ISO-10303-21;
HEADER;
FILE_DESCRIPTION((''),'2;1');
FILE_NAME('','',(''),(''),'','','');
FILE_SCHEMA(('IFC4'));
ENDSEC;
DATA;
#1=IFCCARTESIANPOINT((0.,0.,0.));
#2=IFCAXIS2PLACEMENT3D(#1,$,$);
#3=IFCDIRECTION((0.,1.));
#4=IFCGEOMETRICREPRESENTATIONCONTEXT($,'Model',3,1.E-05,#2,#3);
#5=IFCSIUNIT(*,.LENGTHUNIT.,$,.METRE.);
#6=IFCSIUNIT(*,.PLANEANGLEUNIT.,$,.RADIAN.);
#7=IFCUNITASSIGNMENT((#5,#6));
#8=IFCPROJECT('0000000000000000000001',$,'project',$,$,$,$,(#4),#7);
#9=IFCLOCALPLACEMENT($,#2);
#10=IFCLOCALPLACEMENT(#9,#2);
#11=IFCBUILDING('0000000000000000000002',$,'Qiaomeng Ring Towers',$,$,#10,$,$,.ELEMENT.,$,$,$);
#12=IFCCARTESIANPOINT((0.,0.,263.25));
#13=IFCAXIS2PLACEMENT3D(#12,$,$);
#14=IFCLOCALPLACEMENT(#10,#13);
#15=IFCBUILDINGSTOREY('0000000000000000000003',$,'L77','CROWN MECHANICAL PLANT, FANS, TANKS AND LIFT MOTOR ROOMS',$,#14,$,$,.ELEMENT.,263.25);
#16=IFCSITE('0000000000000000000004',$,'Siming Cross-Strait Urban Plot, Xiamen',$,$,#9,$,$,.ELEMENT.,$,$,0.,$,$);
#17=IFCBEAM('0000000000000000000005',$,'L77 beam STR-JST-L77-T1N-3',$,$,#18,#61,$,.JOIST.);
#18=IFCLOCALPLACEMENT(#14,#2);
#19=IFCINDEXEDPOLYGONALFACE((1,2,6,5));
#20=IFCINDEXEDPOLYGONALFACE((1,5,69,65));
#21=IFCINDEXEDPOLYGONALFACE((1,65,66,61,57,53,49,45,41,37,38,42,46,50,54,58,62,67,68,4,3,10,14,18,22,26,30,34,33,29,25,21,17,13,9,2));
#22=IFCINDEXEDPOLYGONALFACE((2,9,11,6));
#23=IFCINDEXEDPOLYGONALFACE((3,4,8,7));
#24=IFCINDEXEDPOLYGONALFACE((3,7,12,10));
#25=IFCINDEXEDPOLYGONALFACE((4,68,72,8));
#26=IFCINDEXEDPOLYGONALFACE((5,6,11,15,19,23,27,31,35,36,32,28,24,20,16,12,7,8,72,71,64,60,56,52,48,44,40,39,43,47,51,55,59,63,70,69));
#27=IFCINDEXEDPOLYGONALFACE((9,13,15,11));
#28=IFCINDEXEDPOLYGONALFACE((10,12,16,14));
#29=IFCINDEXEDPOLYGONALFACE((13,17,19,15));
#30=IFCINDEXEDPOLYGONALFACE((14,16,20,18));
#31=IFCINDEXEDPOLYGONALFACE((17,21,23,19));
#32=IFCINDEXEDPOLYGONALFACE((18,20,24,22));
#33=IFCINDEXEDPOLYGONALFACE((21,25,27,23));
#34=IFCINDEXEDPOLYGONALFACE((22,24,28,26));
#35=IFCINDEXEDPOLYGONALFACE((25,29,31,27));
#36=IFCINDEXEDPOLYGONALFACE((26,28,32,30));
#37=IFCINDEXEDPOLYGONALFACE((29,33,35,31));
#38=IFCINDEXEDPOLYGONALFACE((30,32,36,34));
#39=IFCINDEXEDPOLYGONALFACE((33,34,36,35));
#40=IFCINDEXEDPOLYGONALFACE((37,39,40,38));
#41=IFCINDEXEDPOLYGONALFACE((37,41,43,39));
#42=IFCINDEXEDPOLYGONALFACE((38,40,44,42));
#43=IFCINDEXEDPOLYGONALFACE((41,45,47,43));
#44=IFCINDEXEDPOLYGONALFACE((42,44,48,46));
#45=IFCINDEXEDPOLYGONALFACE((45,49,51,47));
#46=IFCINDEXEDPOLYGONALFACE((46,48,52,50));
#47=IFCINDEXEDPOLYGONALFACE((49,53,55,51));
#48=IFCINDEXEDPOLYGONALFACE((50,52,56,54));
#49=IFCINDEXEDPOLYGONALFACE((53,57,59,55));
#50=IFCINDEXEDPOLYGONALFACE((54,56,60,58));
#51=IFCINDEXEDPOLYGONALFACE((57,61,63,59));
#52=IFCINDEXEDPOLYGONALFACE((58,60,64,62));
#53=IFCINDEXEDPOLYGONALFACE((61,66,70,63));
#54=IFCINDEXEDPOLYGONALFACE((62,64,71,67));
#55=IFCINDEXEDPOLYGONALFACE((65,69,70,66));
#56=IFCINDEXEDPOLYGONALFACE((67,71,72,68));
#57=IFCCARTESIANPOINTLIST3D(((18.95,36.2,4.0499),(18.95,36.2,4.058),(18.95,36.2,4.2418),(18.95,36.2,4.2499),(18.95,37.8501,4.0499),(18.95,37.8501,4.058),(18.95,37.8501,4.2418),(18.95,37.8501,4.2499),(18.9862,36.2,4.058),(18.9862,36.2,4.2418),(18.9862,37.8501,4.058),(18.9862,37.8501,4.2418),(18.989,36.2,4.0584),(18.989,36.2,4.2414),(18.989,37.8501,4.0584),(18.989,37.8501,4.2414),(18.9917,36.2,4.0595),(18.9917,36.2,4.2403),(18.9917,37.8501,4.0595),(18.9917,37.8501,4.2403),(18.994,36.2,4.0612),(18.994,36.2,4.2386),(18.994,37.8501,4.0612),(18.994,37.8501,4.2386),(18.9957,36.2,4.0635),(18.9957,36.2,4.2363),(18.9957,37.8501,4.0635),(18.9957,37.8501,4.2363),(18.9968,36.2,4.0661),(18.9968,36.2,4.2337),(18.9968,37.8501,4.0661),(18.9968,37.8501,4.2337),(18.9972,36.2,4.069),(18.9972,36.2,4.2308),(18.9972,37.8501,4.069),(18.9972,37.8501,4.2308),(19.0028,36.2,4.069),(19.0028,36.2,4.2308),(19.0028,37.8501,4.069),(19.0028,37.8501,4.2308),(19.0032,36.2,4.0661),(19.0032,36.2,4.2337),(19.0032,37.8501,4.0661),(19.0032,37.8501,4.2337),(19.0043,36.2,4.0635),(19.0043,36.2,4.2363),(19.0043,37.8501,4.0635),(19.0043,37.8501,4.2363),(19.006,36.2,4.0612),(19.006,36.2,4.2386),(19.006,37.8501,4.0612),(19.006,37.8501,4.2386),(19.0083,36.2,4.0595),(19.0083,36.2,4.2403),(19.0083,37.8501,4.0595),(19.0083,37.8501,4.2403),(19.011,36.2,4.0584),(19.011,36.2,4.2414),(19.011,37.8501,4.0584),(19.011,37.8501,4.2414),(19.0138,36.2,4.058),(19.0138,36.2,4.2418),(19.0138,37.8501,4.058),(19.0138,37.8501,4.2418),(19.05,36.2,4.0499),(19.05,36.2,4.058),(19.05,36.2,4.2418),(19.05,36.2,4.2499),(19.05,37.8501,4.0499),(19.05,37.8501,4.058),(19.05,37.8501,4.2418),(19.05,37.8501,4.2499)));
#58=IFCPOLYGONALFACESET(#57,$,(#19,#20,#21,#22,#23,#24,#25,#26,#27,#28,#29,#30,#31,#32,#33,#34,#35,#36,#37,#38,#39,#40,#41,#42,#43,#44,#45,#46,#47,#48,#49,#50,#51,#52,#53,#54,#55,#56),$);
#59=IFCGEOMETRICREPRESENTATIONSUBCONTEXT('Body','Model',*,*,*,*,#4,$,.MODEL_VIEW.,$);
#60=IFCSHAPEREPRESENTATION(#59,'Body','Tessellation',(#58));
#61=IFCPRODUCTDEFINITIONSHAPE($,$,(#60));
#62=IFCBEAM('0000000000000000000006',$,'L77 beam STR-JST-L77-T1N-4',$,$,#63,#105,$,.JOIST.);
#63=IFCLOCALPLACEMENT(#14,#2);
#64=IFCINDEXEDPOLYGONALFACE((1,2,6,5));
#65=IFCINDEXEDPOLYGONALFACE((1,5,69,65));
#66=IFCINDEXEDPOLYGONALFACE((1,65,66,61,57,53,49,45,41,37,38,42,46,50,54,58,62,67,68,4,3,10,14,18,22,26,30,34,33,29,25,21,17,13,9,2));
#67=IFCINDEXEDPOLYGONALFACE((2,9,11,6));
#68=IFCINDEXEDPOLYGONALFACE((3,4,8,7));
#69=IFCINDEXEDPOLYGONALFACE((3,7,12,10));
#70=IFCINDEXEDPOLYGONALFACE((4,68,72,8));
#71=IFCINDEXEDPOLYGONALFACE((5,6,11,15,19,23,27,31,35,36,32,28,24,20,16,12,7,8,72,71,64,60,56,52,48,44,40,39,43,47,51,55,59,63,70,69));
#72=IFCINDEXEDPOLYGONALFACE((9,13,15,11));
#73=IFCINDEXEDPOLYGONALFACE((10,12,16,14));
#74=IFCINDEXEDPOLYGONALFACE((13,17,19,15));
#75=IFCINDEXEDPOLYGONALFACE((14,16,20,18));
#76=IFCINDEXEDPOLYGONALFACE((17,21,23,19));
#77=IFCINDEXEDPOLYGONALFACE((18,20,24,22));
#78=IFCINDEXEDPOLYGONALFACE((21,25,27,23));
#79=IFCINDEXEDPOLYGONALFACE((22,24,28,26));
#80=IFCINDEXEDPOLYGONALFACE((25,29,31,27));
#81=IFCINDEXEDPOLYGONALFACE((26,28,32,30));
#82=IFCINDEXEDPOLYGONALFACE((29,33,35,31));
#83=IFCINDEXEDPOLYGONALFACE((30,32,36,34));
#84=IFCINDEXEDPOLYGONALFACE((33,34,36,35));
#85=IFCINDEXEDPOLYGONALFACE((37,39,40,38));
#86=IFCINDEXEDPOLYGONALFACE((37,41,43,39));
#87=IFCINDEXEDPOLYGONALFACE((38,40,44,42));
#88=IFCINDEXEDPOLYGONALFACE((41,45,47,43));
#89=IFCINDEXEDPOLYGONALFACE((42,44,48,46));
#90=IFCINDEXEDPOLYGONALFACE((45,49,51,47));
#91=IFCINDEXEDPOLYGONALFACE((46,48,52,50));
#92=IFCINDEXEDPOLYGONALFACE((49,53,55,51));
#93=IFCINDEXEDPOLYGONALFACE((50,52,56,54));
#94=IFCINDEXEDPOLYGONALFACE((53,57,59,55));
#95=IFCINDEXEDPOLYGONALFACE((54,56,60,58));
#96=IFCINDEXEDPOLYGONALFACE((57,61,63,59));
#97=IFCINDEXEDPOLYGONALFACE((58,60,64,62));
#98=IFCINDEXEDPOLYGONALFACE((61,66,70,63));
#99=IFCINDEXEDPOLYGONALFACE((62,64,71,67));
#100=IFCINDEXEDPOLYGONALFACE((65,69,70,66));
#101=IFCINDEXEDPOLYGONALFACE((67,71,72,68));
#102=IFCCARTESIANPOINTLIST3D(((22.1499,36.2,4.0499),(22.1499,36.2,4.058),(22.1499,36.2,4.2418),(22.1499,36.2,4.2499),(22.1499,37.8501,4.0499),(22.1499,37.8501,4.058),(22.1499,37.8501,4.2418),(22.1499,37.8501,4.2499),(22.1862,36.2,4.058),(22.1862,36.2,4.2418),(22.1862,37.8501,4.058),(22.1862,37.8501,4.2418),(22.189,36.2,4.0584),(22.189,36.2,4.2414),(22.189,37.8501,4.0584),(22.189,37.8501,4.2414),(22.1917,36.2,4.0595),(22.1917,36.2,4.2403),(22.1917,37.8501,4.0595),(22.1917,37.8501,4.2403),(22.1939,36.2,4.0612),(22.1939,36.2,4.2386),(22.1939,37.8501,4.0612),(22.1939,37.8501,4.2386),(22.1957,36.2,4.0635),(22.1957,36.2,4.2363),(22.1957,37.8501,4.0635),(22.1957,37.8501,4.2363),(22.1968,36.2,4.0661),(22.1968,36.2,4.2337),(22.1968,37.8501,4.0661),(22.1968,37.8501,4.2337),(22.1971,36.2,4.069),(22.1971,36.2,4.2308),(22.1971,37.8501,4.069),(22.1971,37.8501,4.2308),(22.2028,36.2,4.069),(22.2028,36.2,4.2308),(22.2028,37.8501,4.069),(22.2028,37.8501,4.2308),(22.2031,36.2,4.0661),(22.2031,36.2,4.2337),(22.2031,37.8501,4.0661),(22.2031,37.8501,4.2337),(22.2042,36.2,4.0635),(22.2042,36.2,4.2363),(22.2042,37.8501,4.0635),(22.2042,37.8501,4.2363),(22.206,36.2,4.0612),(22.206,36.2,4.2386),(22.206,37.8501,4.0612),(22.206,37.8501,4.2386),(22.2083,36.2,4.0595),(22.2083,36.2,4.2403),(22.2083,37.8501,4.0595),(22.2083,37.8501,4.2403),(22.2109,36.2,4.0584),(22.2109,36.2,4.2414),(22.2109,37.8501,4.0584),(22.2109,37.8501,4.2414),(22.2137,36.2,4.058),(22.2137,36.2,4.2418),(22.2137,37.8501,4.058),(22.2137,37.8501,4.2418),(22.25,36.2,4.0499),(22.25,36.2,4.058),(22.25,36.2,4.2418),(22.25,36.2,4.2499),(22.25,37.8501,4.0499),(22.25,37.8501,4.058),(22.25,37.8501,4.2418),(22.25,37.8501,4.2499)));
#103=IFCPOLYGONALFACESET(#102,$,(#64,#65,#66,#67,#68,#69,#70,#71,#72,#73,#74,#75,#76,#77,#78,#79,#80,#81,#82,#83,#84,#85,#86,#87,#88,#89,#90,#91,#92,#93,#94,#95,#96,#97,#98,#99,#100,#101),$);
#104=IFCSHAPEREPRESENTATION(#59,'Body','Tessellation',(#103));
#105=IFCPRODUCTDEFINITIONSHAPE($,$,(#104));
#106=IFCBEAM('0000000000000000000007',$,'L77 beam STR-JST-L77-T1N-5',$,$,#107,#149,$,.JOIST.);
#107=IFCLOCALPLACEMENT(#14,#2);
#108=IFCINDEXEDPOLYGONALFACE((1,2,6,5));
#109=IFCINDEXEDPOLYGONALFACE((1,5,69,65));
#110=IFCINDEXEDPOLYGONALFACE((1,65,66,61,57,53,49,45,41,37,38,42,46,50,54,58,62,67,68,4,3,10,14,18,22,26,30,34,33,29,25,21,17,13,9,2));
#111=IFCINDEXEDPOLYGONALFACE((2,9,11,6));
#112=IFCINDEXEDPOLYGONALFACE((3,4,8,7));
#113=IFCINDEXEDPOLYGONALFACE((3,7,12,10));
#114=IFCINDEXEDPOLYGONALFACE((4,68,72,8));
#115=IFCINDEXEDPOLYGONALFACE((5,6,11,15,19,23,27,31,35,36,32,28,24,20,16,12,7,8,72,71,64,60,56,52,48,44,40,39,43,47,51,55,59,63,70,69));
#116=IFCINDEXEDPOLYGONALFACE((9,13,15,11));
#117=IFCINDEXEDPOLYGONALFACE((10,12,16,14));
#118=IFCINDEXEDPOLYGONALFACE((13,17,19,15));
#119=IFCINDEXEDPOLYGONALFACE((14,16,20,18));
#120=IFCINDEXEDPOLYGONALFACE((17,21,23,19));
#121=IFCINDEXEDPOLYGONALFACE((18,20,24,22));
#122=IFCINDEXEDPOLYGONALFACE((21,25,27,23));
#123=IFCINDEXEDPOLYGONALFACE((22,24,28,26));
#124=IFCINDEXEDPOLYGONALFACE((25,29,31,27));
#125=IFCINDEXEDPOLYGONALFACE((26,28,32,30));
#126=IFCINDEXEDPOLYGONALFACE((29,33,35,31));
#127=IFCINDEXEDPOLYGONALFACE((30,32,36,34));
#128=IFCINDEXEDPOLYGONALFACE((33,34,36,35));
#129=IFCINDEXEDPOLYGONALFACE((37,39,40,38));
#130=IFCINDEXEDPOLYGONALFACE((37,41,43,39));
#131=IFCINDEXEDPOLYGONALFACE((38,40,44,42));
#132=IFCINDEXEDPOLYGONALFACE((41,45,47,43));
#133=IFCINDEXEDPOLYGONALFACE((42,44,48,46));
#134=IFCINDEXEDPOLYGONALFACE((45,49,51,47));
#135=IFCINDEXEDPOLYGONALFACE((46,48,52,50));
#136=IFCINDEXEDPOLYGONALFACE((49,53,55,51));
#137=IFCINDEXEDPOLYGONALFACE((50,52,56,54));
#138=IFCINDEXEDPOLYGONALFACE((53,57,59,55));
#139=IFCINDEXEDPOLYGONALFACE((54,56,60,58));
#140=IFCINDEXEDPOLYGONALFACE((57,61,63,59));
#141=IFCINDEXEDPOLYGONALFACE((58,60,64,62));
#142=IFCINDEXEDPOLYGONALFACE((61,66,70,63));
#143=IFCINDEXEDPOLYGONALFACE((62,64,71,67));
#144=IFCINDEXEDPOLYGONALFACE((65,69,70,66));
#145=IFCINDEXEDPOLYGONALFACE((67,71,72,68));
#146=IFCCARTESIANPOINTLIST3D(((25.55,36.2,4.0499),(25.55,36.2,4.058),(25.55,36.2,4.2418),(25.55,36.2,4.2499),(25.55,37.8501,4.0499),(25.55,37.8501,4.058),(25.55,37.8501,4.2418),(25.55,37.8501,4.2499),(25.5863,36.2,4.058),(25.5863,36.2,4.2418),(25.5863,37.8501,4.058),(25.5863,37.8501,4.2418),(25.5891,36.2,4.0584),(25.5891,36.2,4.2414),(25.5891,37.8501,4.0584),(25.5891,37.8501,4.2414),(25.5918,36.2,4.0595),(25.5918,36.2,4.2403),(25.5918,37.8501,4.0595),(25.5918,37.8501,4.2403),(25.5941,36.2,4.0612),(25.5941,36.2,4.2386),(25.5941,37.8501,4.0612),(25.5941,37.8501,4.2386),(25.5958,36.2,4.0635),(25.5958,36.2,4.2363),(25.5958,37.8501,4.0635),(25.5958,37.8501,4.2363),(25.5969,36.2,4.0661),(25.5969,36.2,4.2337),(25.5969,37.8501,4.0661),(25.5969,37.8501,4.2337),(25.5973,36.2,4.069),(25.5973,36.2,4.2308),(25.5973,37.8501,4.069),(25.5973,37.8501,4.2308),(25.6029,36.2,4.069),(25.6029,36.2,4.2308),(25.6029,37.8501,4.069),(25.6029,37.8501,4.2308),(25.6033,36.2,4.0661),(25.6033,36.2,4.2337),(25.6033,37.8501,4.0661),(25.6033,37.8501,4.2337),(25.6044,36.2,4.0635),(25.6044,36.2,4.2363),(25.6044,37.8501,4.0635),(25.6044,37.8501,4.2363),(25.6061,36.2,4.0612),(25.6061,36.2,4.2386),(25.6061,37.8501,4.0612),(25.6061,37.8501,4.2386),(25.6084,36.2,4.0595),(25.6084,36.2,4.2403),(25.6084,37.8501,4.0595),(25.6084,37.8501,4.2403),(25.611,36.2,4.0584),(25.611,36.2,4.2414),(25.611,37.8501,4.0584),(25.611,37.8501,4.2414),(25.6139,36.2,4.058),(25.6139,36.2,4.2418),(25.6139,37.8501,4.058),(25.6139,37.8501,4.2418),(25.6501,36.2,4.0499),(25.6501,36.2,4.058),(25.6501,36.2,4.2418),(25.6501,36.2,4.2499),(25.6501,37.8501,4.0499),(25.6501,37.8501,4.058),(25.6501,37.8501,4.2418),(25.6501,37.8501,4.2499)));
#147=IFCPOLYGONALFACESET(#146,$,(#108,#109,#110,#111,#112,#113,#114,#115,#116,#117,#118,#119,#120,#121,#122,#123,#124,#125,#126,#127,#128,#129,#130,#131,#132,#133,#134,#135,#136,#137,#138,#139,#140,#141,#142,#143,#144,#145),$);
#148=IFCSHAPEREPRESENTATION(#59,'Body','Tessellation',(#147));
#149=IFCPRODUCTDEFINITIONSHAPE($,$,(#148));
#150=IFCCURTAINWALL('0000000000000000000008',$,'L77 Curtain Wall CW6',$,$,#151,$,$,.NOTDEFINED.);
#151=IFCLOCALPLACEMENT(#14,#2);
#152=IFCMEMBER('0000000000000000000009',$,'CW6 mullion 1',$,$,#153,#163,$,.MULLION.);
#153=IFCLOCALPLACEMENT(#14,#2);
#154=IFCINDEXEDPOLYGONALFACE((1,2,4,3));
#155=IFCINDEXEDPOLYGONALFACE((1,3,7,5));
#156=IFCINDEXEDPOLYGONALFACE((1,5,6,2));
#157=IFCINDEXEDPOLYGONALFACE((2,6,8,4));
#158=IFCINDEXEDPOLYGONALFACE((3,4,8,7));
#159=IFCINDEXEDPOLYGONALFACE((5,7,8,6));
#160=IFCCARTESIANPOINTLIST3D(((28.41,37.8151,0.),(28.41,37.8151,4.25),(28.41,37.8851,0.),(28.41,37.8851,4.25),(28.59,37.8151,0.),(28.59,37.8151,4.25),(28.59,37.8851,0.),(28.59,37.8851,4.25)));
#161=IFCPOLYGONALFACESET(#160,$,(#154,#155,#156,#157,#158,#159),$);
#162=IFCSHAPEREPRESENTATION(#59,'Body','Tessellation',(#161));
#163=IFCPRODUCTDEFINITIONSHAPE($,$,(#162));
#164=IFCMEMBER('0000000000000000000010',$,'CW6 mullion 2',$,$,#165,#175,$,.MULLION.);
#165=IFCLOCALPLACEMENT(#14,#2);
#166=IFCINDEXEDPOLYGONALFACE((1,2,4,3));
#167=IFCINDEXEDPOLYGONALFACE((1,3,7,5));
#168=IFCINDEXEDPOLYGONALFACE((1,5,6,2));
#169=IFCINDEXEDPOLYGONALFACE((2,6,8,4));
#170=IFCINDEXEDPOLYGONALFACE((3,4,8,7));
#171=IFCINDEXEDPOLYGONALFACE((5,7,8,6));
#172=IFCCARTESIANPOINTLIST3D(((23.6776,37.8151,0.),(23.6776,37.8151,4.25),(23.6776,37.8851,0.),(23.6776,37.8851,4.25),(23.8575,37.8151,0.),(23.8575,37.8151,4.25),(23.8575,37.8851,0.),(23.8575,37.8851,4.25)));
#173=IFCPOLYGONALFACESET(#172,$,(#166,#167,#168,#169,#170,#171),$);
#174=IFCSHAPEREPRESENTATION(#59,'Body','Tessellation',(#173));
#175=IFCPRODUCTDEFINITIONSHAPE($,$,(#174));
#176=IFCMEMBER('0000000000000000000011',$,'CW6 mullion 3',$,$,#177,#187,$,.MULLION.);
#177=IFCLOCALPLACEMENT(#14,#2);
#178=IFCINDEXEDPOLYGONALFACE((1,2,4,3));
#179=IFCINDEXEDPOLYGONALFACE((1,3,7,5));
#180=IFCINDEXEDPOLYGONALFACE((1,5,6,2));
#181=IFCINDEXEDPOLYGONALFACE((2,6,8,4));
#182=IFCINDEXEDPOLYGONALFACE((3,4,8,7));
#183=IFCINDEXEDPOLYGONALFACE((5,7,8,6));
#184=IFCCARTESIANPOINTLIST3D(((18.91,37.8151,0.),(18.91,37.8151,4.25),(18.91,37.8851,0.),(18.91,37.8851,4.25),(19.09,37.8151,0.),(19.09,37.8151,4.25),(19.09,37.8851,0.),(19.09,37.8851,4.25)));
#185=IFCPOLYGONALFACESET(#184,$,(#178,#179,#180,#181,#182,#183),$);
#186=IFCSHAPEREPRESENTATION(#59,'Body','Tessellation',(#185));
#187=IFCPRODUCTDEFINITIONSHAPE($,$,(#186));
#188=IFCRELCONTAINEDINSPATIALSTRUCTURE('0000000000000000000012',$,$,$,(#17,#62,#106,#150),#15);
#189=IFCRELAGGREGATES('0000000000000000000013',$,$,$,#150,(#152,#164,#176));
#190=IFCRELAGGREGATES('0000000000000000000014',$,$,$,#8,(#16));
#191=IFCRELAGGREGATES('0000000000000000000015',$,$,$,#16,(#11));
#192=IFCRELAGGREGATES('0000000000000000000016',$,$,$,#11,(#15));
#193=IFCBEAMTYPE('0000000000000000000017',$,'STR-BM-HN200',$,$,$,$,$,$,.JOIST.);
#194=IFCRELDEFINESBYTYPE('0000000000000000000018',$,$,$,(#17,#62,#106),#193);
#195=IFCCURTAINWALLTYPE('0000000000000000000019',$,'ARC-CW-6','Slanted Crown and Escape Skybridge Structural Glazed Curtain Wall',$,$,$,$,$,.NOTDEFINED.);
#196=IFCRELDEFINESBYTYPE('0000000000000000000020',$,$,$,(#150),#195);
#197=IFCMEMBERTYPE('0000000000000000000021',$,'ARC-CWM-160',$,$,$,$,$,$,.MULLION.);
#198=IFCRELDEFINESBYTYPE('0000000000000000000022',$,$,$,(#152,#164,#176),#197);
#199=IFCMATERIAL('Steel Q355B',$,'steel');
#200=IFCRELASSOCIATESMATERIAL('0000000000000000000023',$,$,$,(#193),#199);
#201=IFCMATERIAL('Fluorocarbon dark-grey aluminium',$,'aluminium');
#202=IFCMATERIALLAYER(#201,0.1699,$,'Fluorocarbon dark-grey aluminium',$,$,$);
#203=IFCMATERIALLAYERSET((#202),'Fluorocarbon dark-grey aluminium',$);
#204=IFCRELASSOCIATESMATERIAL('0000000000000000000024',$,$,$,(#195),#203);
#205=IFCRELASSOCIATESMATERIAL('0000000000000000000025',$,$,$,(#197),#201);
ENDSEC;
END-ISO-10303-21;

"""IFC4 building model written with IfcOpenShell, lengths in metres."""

from ifc_helpers import new_model, si_unit, direction, frame, origin, origin_2d, place, context, subcontext, project, spatial, rectangle, i_section, extrude, source, transform, mapped, material, layer, layer_set, material_profile, profile_set, type_object, element, aggregate, save


model = new_model("IFC4")

# Units and contexts
model_context = context("Model", 3, precision=1e-05, world=origin(), true_north=direction((0.0, 1.0)))
body_context = subcontext(model_context, "Body", "Model", "MODEL_VIEW")
ifc_project = project(units=[si_unit("LENGTHUNIT", "METRE"), si_unit("PLANEANGLEUNIT", "RADIAN")], contexts=[model_context])

# Site, building, storey
site_placement = place(None, origin())
site = spatial("IfcSite", under=ifc_project, at=site_placement, Name="Siming Cross-Strait Urban Plot, Xiamen", CompositionType="ELEMENT", RefElevation=0.0)
building_placement = place(site_placement, origin())
building = spatial("IfcBuilding", under=site, at=building_placement, Name="Qiaomeng Ring Towers", CompositionType="ELEMENT")
storey_placement = place(building_placement, frame((0.0, 0.0, 263.25)))
storey = spatial("IfcBuildingStorey", under=building, at=storey_placement, Name="L77", Description="CROWN MECHANICAL PLANT, FANS, TANKS AND LIFT MOTOR ROOMS", CompositionType="ELEMENT", Elevation=263.25)

# Beams
ifc_material_1 = material(Name="Steel Q355B", Category="steel")
ifc_material_profile_1 = material_profile(ifc_material_1, i_section(OverallWidth=0.1001, OverallDepth=0.2, WebThickness=0.0056, FlangeThickness=0.0081, FilletRadius=0.011, at=origin_2d()), Name="HN 200x100x5.5x8")
ifc_profile_set_1 = profile_set([ifc_material_profile_1], Name="Steel Q355B")
beam_type_1 = type_object("IfcBeamType", Name="STR-BM-HN200", PredefinedType="JOIST", material=ifc_profile_set_1)
shared_shape_1 = source(origin(), body_context, "Body", "SweptSolid", [
    extrude(i_section(OverallWidth=0.1001, OverallDepth=0.2, WebThickness=0.0056, FlangeThickness=0.0081, FilletRadius=0.011, at=origin_2d()), origin(), (0.0, 0.0, 1.0), 1.6501),
])
for number, where, z_axis, x_axis, name in (
    (1, (19.0, 36.2, 4.1499), (0.0, 1.0, 0.0), (-1.0, 0.0, 0.0), "L77 beam STR-JST-L77-T1N-3"),
    (2, (22.2, 36.2, 4.1499), (0.0, 1.0, 0.0), (-1.0, 0.0, 0.0), "L77 beam STR-JST-L77-T1N-4"),
    (3, (25.6001, 36.2, 4.1499), (0.0, 1.0, 0.0), (-1.0, 0.0, 0.0), "L77 beam STR-JST-L77-T1N-5"),
):
    element("IfcBeam", number, at=place(storey_placement, frame(where, z_axis=z_axis, x_axis=x_axis)), inside=storey, type_object=beam_type_1, Name=name, PredefinedType="JOIST", context=body_context, shape_type="MappedRepresentation", body=[
        mapped(shared_shape_1, transform((0.0, 0.0, 0.0), x_axis=(1.0, 0.0, 0.0), y_axis=(0.0, 1.0, 0.0), z_axis=(0.0, 0.0, 1.0), scale=1.0)),
    ])

# Curtain wall, members
ifc_material_2 = material(Name="Fluorocarbon dark-grey aluminium", Category="aluminium")
ifc_layer_1 = layer(ifc_material_2, 0.1699, Name="Fluorocarbon dark-grey aluminium")
ifc_layer_set_1 = layer_set([ifc_layer_1], Name="Fluorocarbon dark-grey aluminium")
curtain_wall_type = type_object("IfcCurtainWallType", Name="ARC-CW-6", Description="Slanted Crown and Escape Skybridge Structural Glazed Curtain Wall", PredefinedType="NOTDEFINED", material=ifc_layer_set_1)
curtain_wall_placement = place(storey_placement, origin())
curtain_wall = element("IfcCurtainWall", 4, at=curtain_wall_placement, inside=storey, type_object=curtain_wall_type, Name="L77 Curtain Wall CW6", PredefinedType="NOTDEFINED")
ifc_material_profile_2 = material_profile(ifc_material_2, rectangle(XDim=0.0701, YDim=0.1799, at=origin_2d()), Name="ALU MULL 70x180")
ifc_profile_set_2 = profile_set([ifc_material_profile_2], Name="Fluorocarbon dark-grey aluminium")
member_type_1 = type_object("IfcMemberType", Name="ARC-CWM-160", PredefinedType="MULLION", material=ifc_profile_set_2)
shared_shape_2 = source(origin(), body_context, "Body", "SweptSolid", [
    extrude(rectangle(XDim=0.0701, YDim=0.1799, at=origin_2d()), origin(), (0.0, 0.0, 1.0), 4.25),
])
member_1_placement = place(storey_placement, frame((28.5, 37.8501, 0.0), z_axis=(0.0, 0.0, 1.0), x_axis=(0.0, -1.0, 0.0)))
member_1 = element("IfcMember", 5, at=member_1_placement, type_object=member_type_1, Name="CW6 mullion 1", PredefinedType="MULLION", context=body_context, shape_type="MappedRepresentation", body=[
    mapped(shared_shape_2, transform((0.0, 0.0, 0.0), x_axis=(1.0, 0.0, 0.0), y_axis=(0.0, 1.0, 0.0), z_axis=(0.0, 0.0, 1.0), scale=1.0)),
])
member_2_placement = place(storey_placement, frame((23.7676, 37.8501, 0.0), z_axis=(0.0, 0.0, 1.0), x_axis=(0.0, -1.0, 0.0)))
member_2 = element("IfcMember", 6, at=member_2_placement, type_object=member_type_1, Name="CW6 mullion 2", PredefinedType="MULLION", context=body_context, shape_type="MappedRepresentation", body=[
    mapped(shared_shape_2, transform((0.0, 0.0, 0.0), x_axis=(1.0, 0.0, 0.0), y_axis=(0.0, 1.0, 0.0), z_axis=(0.0, 0.0, 1.0), scale=1.0)),
])
member_3_placement = place(storey_placement, frame((19.0, 37.8501, 0.0), z_axis=(0.0, 0.0, 1.0), x_axis=(0.0, -1.0, 0.0)))
member_3 = element("IfcMember", 7, at=member_3_placement, type_object=member_type_1, Name="CW6 mullion 3", PredefinedType="MULLION", context=body_context, shape_type="MappedRepresentation", body=[
    mapped(shared_shape_2, transform((0.0, 0.0, 0.0), x_axis=(1.0, 0.0, 0.0), y_axis=(0.0, 1.0, 0.0), z_axis=(0.0, 0.0, 1.0), scale=1.0)),
])
aggregate(curtain_wall, [member_1, member_2, member_3])

save(model, "model.ifc")
